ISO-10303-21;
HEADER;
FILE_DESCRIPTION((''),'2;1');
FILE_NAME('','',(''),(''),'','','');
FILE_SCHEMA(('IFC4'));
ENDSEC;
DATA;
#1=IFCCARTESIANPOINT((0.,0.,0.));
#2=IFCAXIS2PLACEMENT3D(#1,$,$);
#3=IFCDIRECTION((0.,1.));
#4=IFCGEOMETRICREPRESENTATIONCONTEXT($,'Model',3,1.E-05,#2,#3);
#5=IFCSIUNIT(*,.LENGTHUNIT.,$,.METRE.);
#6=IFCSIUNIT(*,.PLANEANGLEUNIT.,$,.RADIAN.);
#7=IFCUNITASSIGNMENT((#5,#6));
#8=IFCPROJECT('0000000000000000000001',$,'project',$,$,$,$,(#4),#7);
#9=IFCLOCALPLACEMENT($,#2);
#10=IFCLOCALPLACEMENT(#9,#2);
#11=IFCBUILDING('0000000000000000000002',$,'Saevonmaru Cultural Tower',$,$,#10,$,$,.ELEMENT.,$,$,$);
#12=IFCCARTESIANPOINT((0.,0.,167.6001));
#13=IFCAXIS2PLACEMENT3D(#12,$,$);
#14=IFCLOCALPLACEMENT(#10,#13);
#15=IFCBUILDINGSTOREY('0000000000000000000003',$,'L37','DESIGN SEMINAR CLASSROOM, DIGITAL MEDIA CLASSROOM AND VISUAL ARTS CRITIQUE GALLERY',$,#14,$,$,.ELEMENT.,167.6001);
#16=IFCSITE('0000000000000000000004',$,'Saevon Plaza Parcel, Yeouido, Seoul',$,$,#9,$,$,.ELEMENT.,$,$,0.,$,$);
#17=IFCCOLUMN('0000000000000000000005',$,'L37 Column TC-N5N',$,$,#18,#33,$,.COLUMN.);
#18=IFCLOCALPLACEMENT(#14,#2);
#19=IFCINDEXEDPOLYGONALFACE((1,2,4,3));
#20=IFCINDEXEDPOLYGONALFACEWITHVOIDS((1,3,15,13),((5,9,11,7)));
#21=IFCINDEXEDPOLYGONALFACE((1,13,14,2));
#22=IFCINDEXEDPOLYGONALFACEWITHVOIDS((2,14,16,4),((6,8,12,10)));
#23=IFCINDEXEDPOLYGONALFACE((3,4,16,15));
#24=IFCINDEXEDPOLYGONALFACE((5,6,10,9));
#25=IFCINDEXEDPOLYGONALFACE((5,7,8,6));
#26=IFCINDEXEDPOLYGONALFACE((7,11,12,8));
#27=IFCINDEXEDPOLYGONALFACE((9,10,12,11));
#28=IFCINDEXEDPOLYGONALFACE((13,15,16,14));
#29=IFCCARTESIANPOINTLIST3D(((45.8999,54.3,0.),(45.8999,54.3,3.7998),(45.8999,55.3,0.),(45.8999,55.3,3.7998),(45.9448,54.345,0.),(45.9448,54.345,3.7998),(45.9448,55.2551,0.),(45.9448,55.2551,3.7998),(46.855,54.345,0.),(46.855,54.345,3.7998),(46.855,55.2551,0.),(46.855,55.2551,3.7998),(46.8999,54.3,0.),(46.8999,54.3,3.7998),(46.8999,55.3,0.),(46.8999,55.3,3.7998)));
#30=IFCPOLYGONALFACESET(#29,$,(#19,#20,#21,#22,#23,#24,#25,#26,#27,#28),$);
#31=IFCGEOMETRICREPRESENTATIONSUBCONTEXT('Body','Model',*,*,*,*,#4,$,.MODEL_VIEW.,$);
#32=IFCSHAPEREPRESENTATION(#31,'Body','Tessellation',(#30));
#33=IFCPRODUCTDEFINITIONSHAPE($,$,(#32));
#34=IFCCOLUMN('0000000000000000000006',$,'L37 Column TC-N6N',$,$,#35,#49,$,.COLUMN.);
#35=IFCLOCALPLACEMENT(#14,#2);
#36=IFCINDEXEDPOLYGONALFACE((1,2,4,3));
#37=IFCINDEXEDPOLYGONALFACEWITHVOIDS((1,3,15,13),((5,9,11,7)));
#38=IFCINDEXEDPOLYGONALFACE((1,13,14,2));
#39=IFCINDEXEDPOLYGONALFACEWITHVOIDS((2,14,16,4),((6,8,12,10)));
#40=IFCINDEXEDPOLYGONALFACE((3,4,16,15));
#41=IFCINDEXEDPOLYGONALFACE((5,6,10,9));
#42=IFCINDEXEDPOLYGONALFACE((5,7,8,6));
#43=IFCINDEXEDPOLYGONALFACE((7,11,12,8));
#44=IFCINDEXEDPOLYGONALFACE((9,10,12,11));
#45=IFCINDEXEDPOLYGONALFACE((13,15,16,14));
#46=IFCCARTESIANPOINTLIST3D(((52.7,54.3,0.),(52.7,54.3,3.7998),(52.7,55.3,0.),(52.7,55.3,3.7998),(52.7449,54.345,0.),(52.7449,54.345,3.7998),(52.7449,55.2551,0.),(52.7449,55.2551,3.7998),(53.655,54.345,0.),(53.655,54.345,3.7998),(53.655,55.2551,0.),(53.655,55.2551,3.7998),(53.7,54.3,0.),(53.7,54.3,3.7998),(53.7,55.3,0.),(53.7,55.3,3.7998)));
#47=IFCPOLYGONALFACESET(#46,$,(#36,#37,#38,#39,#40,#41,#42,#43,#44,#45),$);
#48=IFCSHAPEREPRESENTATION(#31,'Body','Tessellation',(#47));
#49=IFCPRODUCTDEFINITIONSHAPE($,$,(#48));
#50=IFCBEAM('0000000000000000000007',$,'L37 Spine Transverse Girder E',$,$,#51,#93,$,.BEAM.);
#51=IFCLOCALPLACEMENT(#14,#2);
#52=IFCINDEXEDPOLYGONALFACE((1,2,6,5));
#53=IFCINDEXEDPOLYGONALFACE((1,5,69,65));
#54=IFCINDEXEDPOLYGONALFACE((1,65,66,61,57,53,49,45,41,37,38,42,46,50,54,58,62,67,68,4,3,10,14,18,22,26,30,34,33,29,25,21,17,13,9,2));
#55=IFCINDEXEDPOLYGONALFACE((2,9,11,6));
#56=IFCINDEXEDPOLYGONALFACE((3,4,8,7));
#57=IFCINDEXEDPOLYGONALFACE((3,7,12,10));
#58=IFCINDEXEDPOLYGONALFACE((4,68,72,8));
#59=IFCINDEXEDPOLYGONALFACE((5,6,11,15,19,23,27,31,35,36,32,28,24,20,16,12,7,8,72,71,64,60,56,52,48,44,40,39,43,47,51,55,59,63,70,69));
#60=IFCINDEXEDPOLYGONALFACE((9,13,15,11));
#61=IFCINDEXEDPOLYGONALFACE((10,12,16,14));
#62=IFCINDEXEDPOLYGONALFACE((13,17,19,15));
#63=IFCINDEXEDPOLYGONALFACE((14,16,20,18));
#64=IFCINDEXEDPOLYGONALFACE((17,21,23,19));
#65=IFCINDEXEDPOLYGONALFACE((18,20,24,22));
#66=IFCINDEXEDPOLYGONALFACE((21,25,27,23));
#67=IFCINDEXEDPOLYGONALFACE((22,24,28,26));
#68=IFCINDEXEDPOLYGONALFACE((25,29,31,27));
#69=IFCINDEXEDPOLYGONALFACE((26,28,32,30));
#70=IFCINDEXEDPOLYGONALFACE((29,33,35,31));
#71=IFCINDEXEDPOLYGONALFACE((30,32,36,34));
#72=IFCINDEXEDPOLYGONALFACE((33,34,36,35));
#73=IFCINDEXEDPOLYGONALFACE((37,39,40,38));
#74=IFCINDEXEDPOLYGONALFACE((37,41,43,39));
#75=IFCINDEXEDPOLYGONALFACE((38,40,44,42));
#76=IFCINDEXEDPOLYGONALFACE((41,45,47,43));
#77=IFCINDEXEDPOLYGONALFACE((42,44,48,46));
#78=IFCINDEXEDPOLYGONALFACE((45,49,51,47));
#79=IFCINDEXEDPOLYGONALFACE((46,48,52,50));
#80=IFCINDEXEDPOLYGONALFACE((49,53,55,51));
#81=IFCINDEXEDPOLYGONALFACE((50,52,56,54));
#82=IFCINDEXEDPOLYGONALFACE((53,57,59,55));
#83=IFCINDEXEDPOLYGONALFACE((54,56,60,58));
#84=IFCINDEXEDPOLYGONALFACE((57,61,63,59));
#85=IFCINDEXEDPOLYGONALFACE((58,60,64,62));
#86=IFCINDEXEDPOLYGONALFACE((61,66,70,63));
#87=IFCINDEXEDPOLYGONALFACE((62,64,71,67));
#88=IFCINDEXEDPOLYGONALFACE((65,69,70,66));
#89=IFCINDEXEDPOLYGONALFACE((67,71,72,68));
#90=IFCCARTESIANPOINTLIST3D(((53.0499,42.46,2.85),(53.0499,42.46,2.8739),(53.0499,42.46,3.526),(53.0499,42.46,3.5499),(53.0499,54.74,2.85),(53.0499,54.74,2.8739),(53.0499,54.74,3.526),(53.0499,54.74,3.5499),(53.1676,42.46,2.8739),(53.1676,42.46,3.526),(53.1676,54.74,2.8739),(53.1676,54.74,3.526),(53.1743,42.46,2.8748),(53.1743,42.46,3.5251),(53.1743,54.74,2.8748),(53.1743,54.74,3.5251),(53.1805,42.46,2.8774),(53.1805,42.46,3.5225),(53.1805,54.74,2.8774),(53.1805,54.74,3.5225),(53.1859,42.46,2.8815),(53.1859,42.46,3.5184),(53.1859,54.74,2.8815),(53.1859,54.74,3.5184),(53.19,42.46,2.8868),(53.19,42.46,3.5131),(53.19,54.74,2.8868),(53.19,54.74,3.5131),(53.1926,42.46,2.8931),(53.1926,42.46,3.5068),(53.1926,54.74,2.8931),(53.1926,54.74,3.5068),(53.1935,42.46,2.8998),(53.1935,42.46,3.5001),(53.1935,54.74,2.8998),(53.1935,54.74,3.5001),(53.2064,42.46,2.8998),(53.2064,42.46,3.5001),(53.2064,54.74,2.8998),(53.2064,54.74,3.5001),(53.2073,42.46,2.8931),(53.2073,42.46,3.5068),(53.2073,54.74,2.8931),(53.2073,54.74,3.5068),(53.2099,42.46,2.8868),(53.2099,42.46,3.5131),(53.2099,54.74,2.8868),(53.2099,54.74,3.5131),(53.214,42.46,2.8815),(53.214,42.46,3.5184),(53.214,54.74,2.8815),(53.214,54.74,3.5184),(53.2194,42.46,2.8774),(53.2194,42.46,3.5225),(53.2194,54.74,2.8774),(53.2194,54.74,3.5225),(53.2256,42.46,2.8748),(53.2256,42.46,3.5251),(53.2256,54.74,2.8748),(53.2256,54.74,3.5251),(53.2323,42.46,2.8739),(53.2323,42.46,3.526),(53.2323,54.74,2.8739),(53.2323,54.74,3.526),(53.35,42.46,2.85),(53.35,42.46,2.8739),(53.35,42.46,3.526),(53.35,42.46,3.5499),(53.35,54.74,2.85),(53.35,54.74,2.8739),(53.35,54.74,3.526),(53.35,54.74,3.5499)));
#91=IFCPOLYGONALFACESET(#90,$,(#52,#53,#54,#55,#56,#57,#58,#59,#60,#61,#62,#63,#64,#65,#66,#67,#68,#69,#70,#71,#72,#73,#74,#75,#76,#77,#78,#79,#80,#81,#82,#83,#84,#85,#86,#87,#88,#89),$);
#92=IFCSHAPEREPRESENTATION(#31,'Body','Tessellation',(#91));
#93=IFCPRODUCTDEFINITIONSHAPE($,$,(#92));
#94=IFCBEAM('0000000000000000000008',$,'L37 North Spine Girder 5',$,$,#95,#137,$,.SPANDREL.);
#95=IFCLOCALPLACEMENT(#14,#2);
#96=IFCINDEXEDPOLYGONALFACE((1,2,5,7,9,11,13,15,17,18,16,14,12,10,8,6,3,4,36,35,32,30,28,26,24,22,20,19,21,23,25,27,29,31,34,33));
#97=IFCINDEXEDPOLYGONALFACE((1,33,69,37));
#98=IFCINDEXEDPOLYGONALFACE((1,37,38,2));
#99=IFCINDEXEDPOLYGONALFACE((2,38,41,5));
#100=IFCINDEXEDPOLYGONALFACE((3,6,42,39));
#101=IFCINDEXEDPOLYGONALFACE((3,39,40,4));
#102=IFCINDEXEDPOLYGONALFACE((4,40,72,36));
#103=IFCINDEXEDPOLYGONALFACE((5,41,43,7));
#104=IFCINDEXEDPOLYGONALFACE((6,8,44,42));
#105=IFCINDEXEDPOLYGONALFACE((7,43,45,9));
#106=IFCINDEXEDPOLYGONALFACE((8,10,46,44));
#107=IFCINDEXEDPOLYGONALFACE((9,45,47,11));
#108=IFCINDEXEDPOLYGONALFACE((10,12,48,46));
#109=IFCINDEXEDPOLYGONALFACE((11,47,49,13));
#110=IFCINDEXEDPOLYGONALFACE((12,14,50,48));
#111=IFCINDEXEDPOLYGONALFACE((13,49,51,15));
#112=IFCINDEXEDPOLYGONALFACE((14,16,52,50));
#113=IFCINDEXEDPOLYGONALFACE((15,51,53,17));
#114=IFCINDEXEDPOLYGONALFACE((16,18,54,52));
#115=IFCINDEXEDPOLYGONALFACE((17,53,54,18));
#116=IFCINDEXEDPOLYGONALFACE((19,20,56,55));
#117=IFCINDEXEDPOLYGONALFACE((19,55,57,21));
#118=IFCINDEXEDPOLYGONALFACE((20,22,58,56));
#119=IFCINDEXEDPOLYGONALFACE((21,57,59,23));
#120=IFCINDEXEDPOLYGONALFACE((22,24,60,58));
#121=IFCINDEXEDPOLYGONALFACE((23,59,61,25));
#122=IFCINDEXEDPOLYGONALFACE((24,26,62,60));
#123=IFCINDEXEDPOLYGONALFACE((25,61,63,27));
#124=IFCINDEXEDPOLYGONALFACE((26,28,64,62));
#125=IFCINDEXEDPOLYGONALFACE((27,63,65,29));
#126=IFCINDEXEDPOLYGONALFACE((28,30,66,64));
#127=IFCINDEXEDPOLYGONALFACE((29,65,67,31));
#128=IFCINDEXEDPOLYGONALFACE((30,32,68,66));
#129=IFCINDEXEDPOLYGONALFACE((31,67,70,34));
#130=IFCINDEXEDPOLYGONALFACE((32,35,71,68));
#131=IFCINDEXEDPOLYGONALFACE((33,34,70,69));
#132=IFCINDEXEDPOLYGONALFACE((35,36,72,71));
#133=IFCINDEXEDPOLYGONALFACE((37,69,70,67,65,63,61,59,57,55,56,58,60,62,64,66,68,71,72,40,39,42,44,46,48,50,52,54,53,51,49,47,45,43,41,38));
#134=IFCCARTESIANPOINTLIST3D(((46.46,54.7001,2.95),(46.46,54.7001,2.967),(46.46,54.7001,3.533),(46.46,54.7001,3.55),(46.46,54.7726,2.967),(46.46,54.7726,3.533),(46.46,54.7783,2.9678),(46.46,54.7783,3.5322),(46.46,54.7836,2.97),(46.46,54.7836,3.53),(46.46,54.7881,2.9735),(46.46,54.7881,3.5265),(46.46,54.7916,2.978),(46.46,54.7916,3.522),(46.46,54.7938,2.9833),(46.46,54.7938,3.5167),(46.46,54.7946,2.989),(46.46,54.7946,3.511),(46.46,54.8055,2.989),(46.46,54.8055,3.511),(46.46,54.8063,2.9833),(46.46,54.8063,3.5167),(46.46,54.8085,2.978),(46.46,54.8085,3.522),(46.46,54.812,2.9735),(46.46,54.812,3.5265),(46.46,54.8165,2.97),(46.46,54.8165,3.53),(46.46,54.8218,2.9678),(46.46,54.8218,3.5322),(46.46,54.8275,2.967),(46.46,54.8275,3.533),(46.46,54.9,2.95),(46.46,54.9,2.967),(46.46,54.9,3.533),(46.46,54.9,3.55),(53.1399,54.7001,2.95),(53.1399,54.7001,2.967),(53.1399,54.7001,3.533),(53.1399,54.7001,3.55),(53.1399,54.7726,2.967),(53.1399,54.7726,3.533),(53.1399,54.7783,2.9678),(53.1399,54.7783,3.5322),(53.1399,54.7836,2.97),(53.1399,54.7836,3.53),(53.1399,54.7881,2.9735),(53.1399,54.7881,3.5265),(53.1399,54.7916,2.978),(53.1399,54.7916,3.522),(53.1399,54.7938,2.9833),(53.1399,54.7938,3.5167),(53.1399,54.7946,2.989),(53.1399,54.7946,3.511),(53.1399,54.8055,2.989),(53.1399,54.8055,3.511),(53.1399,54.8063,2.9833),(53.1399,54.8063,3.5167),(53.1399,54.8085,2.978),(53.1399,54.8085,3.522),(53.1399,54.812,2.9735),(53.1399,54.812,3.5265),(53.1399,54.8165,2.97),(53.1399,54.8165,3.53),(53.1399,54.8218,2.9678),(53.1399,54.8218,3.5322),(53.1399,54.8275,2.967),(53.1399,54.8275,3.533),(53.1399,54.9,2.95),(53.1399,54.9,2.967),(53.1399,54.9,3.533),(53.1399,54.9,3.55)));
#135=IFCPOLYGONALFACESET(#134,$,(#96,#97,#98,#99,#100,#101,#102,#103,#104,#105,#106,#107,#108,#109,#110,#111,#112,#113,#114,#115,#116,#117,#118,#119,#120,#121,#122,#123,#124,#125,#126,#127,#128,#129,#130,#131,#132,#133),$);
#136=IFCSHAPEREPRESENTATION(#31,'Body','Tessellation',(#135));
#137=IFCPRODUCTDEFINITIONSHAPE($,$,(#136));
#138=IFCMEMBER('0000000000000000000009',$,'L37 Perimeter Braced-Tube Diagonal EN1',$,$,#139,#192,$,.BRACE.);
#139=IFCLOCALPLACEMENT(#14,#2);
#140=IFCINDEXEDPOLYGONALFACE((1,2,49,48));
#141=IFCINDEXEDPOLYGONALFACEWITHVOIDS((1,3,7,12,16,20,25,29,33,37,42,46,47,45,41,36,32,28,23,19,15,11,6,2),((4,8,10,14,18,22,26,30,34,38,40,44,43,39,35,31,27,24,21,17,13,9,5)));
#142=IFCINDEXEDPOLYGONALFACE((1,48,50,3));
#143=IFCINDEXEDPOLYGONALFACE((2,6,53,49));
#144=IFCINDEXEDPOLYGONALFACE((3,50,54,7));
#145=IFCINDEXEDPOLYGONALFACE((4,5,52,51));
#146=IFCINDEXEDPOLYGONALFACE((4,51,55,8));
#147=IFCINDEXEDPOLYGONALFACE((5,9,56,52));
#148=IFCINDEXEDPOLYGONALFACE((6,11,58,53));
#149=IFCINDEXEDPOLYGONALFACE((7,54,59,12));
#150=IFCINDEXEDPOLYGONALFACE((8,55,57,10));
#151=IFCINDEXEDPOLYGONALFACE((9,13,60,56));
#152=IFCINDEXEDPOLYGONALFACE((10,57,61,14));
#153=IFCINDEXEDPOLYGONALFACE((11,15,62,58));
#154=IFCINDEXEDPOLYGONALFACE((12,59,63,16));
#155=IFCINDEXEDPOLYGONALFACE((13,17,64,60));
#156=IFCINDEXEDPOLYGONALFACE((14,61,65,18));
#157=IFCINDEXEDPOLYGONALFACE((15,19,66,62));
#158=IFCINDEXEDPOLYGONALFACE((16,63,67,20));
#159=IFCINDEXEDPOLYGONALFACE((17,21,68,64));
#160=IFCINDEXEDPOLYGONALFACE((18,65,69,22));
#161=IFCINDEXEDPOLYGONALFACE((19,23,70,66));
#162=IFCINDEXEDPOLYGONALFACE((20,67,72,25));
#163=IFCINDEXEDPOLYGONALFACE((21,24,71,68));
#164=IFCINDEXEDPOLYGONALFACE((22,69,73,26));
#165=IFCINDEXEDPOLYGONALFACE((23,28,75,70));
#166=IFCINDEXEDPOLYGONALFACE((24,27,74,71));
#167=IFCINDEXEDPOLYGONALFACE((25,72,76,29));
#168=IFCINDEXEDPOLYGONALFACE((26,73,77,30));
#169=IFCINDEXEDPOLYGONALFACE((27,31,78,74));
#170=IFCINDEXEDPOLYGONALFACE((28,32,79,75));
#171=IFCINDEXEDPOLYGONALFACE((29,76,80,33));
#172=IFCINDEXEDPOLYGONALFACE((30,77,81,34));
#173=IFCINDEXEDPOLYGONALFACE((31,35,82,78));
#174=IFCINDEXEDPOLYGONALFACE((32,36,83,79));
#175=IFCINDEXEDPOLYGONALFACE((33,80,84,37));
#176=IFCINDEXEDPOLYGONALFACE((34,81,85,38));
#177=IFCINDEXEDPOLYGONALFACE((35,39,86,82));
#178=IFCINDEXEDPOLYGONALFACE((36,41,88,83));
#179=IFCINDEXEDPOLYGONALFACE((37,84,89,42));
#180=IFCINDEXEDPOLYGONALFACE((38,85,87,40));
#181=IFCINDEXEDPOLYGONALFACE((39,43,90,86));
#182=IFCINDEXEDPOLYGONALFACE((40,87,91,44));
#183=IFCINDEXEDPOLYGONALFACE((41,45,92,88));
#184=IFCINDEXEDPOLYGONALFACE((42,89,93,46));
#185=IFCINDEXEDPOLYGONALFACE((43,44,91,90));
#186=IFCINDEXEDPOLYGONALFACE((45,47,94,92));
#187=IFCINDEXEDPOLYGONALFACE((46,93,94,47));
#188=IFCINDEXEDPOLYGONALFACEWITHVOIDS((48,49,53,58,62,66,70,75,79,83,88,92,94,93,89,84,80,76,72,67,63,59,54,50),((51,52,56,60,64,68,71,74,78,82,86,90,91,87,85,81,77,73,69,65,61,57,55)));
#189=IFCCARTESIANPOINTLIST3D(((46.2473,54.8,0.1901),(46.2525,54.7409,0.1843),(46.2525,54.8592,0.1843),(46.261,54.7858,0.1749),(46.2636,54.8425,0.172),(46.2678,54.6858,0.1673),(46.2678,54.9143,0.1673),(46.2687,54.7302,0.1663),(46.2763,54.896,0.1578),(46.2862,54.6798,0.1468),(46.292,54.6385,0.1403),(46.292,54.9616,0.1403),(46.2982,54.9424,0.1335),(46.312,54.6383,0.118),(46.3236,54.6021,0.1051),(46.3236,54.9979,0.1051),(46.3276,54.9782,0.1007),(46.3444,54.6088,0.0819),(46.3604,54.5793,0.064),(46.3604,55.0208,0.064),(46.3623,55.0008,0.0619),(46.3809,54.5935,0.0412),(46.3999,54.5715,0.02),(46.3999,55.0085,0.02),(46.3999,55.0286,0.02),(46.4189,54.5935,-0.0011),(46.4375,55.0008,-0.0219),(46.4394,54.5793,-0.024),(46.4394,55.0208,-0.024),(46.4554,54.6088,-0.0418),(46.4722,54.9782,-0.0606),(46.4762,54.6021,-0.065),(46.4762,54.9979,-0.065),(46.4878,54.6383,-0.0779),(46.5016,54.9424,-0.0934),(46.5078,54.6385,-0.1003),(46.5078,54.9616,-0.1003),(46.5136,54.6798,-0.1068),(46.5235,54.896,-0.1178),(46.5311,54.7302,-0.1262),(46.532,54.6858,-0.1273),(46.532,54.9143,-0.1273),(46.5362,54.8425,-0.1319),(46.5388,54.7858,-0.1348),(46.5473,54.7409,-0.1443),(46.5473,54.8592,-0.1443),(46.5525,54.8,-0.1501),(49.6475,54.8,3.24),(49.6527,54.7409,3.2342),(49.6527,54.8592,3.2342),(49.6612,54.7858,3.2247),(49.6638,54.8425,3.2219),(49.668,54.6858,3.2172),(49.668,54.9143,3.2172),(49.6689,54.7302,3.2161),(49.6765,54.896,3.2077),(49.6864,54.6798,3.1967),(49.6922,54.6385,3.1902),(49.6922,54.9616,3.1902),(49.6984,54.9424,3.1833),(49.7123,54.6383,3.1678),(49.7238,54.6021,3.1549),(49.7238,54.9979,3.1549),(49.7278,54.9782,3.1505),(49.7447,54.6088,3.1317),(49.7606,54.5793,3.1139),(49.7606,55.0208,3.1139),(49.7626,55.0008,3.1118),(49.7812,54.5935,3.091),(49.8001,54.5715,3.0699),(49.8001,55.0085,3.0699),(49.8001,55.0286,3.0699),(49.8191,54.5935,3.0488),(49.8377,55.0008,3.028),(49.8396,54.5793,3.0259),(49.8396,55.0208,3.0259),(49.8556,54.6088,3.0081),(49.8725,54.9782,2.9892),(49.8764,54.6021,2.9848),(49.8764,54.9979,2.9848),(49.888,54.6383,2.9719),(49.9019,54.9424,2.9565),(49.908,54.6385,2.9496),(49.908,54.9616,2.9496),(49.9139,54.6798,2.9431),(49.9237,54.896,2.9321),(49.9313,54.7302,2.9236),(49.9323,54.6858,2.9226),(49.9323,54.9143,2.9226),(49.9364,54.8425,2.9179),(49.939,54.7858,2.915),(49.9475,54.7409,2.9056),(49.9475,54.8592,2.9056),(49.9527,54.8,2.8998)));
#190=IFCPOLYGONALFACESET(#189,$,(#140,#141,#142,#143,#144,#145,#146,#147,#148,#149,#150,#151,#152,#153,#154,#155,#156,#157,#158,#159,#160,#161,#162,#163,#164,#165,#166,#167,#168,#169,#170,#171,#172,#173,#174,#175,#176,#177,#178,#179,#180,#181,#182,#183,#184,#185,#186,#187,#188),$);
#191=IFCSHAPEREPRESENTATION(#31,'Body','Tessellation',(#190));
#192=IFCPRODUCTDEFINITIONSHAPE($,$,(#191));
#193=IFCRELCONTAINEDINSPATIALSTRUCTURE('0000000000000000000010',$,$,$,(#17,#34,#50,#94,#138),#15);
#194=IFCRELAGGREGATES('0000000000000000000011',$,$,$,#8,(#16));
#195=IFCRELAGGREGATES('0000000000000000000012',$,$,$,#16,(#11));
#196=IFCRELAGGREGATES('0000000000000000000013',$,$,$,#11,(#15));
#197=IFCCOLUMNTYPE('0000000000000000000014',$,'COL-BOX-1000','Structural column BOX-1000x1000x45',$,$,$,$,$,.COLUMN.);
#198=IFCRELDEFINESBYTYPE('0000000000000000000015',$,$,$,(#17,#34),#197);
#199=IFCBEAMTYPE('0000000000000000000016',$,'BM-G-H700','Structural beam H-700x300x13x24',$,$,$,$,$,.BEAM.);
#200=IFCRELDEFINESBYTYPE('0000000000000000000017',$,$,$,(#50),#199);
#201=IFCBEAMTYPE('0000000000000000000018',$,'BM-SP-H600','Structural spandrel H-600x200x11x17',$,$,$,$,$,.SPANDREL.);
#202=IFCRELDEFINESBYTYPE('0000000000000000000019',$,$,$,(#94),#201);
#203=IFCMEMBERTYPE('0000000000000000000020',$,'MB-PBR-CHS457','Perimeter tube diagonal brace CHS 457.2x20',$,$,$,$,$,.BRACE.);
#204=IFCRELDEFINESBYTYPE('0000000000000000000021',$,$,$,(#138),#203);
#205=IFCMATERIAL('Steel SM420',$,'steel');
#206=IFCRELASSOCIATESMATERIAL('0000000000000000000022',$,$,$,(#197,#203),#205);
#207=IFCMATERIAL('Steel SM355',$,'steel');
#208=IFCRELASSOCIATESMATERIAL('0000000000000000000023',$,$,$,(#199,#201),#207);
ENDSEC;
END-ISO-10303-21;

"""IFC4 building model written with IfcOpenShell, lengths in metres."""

from ifc_helpers import new_model, si_unit, direction, frame, origin, origin_2d, place, context, subcontext, project, spatial, hollow_rectangle, hollow_circle, i_section, extrude, material, material_profile, profile_set, type_object, element, save


model = new_model("IFC4")

# Units and contexts
model_context = context("Model", 3, precision=1e-05, world=origin(), true_north=direction((0.0, 1.0)))
body_context = subcontext(model_context, "Body", "Model", "MODEL_VIEW")
ifc_project = project(units=[si_unit("LENGTHUNIT", "METRE"), si_unit("PLANEANGLEUNIT", "RADIAN")], contexts=[model_context])

# Site, building, storey
site_placement = place(None, origin())
site = spatial("IfcSite", under=ifc_project, at=site_placement, Name="Saevon Plaza Parcel, Yeouido, Seoul", CompositionType="ELEMENT", RefElevation=0.0)
building_placement = place(site_placement, origin())
building = spatial("IfcBuilding", under=site, at=building_placement, Name="Saevonmaru Cultural Tower", CompositionType="ELEMENT")
storey_placement = place(building_placement, frame((0.0, 0.0, 167.6001)))
storey = spatial("IfcBuildingStorey", under=building, at=storey_placement, Name="L37", Description="DESIGN SEMINAR CLASSROOM, DIGITAL MEDIA CLASSROOM AND VISUAL ARTS CRITIQUE GALLERY", CompositionType="ELEMENT", Elevation=167.6001)

# Columns
ifc_material_1 = material(Name="Steel SM420", Category="steel")
ifc_material_profile_1 = material_profile(ifc_material_1, hollow_rectangle(XDim=1.0, YDim=1.0, WallThickness=0.0449, at=origin_2d()), Name="BOX-1000x1000x45")
ifc_profile_set_1 = profile_set([ifc_material_profile_1], Name="Steel SM420")
column_type = type_object("IfcColumnType", Name="COL-BOX-1000", Description="Structural column BOX-1000x1000x45", PredefinedType="COLUMN", material=ifc_profile_set_1)
for number, where, z_axis, x_axis, name in (
    (1, (46.3999, 54.8, 0.0), (0.0, 0.0, 1.0), (1.0, 0.0, 0.0), "L37 Column TC-N5N"),
    (2, (53.2, 54.8, 0.0), (0.0, 0.0, 1.0), (1.0, 0.0, 0.0), "L37 Column TC-N6N"),
):
    element("IfcColumn", number, at=place(storey_placement, frame(where, z_axis=z_axis, x_axis=x_axis)), inside=storey, type_object=column_type, Name=name, PredefinedType="COLUMN", context=body_context, shape_type="SweptSolid", body=[
        extrude(hollow_rectangle(XDim=1.0, YDim=1.0, WallThickness=0.0449, at=origin_2d()), origin(), (0.0, 0.0, 1.0), 3.7998),
    ])

# Beams
ifc_material_2 = material(Name="Steel SM355", Category="steel")
ifc_material_profile_2 = material_profile(ifc_material_2, i_section(OverallWidth=0.3, OverallDepth=0.7, WebThickness=0.0129, FlangeThickness=0.0239, FilletRadius=0.0259, at=origin_2d()), Name="H-700x300x13x24")
ifc_profile_set_2 = profile_set([ifc_material_profile_2], Name="Steel SM355")
beam_type_1 = type_object("IfcBeamType", Name="BM-G-H700", Description="Structural beam H-700x300x13x24", PredefinedType="BEAM", material=ifc_profile_set_2)
beam_1_placement = place(storey_placement, frame((53.2, 54.74, 3.2), z_axis=(0.0, -1.0, 0.0), x_axis=(1.0, 0.0, 0.0)))
element("IfcBeam", 3, at=beam_1_placement, inside=storey, type_object=beam_type_1, Name="L37 Spine Transverse Girder E", PredefinedType="BEAM", context=body_context, shape_type="SweptSolid", body=[
    extrude(i_section(OverallWidth=0.3, OverallDepth=0.7, WebThickness=0.0129, FlangeThickness=0.0239, FilletRadius=0.0259, at=origin_2d()), origin(), (0.0, 0.0, 1.0), 12.28),
])
ifc_material_profile_3 = material_profile(ifc_material_2, i_section(OverallWidth=0.2, OverallDepth=0.6001, WebThickness=0.011, FlangeThickness=0.0171, FilletRadius=0.022, at=origin_2d()), Name="H-600x200x11x17")
ifc_profile_set_3 = profile_set([ifc_material_profile_3], Name="Steel SM355")
beam_type_2 = type_object("IfcBeamType", Name="BM-SP-H600", Description="Structural spandrel H-600x200x11x17", PredefinedType="SPANDREL", material=ifc_profile_set_3)
beam_2_placement = place(storey_placement, frame((46.46, 54.8, 3.25), z_axis=(1.0, 0.0, 0.0), x_axis=(0.0, 1.0, 0.0)))
element("IfcBeam", 4, at=beam_2_placement, inside=storey, type_object=beam_type_2, Name="L37 North Spine Girder 5", PredefinedType="SPANDREL", context=body_context, shape_type="SweptSolid", body=[
    extrude(i_section(OverallWidth=0.2, OverallDepth=0.6001, WebThickness=0.011, FlangeThickness=0.0171, FilletRadius=0.022, at=origin_2d()), origin(), (0.0, 0.0, 1.0), 6.6799),
])

# Member
ifc_material_profile_4 = material_profile(ifc_material_1, hollow_circle(Radius=0.2285, WallThickness=0.02, at=origin_2d()), Name="CHS-457.2x20")
ifc_profile_set_4 = profile_set([ifc_material_profile_4], Name="Steel SM420")
member_type_1 = type_object("IfcMemberType", Name="MB-PBR-CHS457", Description="Perimeter tube diagonal brace CHS 457.2x20", PredefinedType="BRACE", material=ifc_profile_set_4)
member_1_placement = place(storey_placement, frame((46.3999, 54.8, 0.02), z_axis=(0.744417, 0.0, 0.667715), x_axis=(0.0, 1.0, 0.0)))
element("IfcMember", 5, at=member_1_placement, inside=storey, type_object=member_type_1, Name="L37 Perimeter Braced-Tube Diagonal EN1", PredefinedType="BRACE", context=body_context, shape_type="SweptSolid", body=[
    extrude(hollow_circle(Radius=0.2285, WallThickness=0.02, at=origin_2d()), origin(), (0.0, 0.0, 1.0), 4.5676),
])

save(model, "model.ifc")
